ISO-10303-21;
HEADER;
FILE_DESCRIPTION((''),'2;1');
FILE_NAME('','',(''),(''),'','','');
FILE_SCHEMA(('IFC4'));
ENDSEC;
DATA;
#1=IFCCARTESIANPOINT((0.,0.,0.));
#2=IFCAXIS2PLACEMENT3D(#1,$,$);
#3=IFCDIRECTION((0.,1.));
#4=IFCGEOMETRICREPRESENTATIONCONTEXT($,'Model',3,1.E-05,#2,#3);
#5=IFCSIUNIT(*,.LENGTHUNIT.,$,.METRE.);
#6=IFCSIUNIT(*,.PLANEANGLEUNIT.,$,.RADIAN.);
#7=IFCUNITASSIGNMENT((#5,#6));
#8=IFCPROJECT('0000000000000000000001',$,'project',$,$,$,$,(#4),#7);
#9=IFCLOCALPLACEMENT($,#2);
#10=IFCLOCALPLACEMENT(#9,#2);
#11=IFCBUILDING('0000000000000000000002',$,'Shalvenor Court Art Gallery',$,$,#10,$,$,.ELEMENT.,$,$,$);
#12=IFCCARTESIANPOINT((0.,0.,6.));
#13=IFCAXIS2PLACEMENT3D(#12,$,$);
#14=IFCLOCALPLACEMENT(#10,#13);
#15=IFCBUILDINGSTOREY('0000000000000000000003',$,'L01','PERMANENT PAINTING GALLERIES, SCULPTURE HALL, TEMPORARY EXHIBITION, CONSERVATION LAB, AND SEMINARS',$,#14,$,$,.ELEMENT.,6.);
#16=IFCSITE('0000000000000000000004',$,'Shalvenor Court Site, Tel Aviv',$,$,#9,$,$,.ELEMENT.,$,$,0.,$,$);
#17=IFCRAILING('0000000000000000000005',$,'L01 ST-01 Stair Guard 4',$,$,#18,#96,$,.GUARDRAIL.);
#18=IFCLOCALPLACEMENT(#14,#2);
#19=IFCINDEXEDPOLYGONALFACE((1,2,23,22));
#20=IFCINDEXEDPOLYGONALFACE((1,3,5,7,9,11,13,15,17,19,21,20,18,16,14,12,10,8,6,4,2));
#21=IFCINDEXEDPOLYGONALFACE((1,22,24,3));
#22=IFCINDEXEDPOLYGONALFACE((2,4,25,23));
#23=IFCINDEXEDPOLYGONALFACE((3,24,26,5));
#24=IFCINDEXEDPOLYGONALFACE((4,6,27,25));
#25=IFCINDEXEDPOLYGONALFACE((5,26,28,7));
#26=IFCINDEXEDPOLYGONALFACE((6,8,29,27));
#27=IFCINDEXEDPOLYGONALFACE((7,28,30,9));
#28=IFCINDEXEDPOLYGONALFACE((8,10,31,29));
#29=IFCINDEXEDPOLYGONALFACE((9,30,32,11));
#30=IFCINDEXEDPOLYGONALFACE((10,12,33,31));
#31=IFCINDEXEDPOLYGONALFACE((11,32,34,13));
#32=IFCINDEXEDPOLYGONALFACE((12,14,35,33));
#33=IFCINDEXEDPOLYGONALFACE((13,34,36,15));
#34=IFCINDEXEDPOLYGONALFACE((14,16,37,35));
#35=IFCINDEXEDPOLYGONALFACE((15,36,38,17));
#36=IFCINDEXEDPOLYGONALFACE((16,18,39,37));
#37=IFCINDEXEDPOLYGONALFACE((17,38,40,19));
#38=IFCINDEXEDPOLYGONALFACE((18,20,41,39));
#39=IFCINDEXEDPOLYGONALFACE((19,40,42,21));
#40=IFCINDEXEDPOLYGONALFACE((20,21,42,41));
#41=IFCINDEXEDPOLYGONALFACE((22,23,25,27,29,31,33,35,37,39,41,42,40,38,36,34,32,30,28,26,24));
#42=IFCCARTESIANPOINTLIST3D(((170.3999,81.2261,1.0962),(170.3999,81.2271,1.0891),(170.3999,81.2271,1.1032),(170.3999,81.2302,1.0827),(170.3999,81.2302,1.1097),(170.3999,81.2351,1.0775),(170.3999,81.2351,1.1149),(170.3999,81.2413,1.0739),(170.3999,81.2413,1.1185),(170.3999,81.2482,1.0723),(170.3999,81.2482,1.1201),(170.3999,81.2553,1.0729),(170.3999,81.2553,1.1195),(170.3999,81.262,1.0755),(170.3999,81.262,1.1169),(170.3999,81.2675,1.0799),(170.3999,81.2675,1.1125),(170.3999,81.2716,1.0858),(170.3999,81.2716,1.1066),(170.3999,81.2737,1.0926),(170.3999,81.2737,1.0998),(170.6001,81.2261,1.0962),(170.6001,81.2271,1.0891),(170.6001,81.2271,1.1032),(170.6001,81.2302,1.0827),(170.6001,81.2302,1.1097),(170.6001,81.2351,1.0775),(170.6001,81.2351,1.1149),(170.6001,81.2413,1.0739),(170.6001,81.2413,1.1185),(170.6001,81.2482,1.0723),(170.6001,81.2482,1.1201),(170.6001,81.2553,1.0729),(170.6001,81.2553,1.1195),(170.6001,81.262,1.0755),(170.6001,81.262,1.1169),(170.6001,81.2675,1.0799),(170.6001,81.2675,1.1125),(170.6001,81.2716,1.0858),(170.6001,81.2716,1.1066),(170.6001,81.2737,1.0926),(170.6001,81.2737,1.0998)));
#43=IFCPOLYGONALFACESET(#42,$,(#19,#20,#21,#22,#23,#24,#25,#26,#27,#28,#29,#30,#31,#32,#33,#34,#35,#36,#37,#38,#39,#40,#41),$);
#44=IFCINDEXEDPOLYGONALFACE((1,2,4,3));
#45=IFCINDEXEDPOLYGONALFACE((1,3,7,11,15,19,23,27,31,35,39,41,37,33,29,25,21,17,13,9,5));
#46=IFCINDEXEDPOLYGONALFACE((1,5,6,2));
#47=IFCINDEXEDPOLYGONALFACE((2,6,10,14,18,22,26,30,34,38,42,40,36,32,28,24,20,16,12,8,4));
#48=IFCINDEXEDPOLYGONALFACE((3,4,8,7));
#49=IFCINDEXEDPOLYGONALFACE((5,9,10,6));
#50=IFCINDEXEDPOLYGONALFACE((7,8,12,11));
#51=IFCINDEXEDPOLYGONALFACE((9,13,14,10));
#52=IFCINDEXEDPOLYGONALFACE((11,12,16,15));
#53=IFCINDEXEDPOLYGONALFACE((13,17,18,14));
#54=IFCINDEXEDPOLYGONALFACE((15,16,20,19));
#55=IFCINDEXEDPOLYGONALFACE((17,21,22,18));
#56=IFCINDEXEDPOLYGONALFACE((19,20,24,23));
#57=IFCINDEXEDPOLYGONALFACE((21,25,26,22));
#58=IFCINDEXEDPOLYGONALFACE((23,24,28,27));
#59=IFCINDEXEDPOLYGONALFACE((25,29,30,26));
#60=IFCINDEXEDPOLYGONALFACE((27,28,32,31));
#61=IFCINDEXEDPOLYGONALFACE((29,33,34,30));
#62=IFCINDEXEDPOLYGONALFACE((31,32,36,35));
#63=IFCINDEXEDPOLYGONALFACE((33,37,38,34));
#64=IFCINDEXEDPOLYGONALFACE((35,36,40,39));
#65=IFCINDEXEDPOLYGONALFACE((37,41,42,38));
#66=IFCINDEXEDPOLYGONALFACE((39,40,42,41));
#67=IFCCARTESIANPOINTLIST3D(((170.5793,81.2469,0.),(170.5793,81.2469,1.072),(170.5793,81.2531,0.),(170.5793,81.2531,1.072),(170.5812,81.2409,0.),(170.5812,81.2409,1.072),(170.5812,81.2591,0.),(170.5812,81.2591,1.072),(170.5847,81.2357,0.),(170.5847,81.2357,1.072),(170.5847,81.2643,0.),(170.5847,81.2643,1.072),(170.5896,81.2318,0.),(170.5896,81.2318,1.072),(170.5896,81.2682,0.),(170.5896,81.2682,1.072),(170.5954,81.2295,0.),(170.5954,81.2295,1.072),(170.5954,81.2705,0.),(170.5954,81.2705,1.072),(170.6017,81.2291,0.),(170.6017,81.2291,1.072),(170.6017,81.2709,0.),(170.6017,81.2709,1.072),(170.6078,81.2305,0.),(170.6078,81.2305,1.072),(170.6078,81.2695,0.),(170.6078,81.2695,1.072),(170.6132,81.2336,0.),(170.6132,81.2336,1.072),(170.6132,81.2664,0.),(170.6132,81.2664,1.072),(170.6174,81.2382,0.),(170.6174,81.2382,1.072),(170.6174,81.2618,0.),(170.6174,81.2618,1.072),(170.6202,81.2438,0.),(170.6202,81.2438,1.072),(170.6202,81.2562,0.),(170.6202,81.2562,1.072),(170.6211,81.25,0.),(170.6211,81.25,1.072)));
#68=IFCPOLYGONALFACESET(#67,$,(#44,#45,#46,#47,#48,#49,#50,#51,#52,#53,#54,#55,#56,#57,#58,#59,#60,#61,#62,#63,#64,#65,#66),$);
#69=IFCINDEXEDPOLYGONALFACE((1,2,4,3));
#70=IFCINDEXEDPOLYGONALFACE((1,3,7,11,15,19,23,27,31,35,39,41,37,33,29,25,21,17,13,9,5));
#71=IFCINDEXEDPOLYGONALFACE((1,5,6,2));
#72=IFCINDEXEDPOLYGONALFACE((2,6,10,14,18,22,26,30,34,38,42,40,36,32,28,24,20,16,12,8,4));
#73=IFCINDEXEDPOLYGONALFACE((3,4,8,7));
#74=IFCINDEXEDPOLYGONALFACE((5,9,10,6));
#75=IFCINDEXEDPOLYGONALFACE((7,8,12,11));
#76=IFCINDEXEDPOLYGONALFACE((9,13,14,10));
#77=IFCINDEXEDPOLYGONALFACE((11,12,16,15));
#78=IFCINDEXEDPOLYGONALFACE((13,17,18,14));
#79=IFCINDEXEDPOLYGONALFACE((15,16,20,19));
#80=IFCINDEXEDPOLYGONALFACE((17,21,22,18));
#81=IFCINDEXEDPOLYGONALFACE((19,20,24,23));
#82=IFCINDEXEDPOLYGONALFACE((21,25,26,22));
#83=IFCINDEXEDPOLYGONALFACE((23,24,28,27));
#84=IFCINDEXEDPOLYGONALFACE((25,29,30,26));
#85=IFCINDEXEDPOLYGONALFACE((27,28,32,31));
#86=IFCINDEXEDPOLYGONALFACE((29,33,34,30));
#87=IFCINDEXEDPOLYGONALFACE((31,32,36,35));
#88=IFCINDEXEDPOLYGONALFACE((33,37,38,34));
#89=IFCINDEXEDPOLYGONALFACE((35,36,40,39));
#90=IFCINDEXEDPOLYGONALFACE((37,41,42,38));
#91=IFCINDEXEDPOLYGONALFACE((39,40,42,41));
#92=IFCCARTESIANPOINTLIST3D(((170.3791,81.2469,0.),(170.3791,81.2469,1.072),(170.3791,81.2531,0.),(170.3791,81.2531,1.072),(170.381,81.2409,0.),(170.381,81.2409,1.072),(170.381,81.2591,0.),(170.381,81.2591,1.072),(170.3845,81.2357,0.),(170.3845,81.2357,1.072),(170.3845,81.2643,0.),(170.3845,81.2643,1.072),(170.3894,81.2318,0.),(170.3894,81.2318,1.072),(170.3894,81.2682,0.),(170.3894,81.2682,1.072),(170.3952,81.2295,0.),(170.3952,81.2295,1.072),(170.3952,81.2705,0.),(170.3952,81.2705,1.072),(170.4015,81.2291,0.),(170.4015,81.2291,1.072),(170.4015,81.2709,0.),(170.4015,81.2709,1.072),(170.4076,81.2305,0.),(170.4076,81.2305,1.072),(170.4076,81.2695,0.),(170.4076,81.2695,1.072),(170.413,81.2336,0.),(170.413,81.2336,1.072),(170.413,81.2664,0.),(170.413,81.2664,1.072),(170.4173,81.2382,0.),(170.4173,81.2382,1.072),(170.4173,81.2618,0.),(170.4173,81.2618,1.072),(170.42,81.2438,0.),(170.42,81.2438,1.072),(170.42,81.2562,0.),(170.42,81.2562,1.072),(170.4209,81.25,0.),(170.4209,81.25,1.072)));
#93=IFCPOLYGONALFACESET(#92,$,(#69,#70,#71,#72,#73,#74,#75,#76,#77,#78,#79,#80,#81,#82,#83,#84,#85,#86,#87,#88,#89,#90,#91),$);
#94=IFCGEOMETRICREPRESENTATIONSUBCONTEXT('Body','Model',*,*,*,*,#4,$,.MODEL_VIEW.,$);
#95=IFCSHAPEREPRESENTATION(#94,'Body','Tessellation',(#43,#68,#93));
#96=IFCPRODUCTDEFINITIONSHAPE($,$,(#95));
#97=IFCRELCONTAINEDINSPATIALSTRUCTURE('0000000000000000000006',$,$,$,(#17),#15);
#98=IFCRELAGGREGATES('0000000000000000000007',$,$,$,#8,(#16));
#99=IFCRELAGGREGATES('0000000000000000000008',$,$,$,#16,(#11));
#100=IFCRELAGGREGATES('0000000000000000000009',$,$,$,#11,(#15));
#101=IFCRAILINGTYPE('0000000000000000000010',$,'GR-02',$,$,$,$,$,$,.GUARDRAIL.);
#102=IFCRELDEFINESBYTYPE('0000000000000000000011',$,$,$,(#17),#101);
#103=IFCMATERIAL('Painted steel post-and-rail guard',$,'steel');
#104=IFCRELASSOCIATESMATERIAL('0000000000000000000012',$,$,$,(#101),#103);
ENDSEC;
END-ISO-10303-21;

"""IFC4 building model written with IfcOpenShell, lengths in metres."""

from ifc_helpers import new_model, si_unit, direction, frame, origin, origin_2d, place, context, subcontext, project, spatial, circle, extrude, material, type_object, element, save


model = new_model("IFC4")

# Units and contexts
model_context = context("Model", 3, precision=1e-05, world=origin(), true_north=direction((0.0, 1.0)))
body_context = subcontext(model_context, "Body", "Model", "MODEL_VIEW")
ifc_project = project(units=[si_unit("LENGTHUNIT", "METRE"), si_unit("PLANEANGLEUNIT", "RADIAN")], contexts=[model_context])

# Site, building, storey
site_placement = place(None, origin())
site = spatial("IfcSite", under=ifc_project, at=site_placement, Name="Shalvenor Court Site, Tel Aviv", CompositionType="ELEMENT", RefElevation=0.0)
building_placement = place(site_placement, origin())
building = spatial("IfcBuilding", under=site, at=building_placement, Name="Shalvenor Court Art Gallery", CompositionType="ELEMENT")
storey_placement = place(building_placement, frame((0.0, 0.0, 6.0)))
storey = spatial("IfcBuildingStorey", under=building, at=storey_placement, Name="L01", Description="PERMANENT PAINTING GALLERIES, SCULPTURE HALL, TEMPORARY EXHIBITION, CONSERVATION LAB, AND SEMINARS", CompositionType="ELEMENT", Elevation=6.0)

# Railing
ifc_material_1 = material(Name="Painted steel post-and-rail guard", Category="steel")
railing_type_1 = type_object("IfcRailingType", Name="GR-02", PredefinedType="GUARDRAIL", material=ifc_material_1)
railing_1_placement = place(storey_placement, frame((170.6001, 81.25, 0.0)))
element("IfcRailing", 1, at=railing_1_placement, inside=storey, type_object=railing_type_1, Name="L01 ST-01 Stair Guard 4", PredefinedType="GUARDRAIL", context=body_context, shape_type="SweptSolid", body=[
    extrude(circle(Radius=0.0239, at=origin_2d()), frame((0.0, 0.0, 1.0962), z_axis=(-1.0, 0.0, 0.0), x_axis=(0.0, -1.0, 0.0)), (0.0, 0.0, 1.0), 0.2002),
    extrude(circle(Radius=0.021, at=origin_2d()), origin(), (0.0, 0.0, 1.0), 1.072),
    extrude(circle(Radius=0.021, at=origin_2d()), frame((-0.2002, 0.0, 0.0)), (0.0, 0.0, 1.0), 1.072),
])

save(model, "model.ifc")
